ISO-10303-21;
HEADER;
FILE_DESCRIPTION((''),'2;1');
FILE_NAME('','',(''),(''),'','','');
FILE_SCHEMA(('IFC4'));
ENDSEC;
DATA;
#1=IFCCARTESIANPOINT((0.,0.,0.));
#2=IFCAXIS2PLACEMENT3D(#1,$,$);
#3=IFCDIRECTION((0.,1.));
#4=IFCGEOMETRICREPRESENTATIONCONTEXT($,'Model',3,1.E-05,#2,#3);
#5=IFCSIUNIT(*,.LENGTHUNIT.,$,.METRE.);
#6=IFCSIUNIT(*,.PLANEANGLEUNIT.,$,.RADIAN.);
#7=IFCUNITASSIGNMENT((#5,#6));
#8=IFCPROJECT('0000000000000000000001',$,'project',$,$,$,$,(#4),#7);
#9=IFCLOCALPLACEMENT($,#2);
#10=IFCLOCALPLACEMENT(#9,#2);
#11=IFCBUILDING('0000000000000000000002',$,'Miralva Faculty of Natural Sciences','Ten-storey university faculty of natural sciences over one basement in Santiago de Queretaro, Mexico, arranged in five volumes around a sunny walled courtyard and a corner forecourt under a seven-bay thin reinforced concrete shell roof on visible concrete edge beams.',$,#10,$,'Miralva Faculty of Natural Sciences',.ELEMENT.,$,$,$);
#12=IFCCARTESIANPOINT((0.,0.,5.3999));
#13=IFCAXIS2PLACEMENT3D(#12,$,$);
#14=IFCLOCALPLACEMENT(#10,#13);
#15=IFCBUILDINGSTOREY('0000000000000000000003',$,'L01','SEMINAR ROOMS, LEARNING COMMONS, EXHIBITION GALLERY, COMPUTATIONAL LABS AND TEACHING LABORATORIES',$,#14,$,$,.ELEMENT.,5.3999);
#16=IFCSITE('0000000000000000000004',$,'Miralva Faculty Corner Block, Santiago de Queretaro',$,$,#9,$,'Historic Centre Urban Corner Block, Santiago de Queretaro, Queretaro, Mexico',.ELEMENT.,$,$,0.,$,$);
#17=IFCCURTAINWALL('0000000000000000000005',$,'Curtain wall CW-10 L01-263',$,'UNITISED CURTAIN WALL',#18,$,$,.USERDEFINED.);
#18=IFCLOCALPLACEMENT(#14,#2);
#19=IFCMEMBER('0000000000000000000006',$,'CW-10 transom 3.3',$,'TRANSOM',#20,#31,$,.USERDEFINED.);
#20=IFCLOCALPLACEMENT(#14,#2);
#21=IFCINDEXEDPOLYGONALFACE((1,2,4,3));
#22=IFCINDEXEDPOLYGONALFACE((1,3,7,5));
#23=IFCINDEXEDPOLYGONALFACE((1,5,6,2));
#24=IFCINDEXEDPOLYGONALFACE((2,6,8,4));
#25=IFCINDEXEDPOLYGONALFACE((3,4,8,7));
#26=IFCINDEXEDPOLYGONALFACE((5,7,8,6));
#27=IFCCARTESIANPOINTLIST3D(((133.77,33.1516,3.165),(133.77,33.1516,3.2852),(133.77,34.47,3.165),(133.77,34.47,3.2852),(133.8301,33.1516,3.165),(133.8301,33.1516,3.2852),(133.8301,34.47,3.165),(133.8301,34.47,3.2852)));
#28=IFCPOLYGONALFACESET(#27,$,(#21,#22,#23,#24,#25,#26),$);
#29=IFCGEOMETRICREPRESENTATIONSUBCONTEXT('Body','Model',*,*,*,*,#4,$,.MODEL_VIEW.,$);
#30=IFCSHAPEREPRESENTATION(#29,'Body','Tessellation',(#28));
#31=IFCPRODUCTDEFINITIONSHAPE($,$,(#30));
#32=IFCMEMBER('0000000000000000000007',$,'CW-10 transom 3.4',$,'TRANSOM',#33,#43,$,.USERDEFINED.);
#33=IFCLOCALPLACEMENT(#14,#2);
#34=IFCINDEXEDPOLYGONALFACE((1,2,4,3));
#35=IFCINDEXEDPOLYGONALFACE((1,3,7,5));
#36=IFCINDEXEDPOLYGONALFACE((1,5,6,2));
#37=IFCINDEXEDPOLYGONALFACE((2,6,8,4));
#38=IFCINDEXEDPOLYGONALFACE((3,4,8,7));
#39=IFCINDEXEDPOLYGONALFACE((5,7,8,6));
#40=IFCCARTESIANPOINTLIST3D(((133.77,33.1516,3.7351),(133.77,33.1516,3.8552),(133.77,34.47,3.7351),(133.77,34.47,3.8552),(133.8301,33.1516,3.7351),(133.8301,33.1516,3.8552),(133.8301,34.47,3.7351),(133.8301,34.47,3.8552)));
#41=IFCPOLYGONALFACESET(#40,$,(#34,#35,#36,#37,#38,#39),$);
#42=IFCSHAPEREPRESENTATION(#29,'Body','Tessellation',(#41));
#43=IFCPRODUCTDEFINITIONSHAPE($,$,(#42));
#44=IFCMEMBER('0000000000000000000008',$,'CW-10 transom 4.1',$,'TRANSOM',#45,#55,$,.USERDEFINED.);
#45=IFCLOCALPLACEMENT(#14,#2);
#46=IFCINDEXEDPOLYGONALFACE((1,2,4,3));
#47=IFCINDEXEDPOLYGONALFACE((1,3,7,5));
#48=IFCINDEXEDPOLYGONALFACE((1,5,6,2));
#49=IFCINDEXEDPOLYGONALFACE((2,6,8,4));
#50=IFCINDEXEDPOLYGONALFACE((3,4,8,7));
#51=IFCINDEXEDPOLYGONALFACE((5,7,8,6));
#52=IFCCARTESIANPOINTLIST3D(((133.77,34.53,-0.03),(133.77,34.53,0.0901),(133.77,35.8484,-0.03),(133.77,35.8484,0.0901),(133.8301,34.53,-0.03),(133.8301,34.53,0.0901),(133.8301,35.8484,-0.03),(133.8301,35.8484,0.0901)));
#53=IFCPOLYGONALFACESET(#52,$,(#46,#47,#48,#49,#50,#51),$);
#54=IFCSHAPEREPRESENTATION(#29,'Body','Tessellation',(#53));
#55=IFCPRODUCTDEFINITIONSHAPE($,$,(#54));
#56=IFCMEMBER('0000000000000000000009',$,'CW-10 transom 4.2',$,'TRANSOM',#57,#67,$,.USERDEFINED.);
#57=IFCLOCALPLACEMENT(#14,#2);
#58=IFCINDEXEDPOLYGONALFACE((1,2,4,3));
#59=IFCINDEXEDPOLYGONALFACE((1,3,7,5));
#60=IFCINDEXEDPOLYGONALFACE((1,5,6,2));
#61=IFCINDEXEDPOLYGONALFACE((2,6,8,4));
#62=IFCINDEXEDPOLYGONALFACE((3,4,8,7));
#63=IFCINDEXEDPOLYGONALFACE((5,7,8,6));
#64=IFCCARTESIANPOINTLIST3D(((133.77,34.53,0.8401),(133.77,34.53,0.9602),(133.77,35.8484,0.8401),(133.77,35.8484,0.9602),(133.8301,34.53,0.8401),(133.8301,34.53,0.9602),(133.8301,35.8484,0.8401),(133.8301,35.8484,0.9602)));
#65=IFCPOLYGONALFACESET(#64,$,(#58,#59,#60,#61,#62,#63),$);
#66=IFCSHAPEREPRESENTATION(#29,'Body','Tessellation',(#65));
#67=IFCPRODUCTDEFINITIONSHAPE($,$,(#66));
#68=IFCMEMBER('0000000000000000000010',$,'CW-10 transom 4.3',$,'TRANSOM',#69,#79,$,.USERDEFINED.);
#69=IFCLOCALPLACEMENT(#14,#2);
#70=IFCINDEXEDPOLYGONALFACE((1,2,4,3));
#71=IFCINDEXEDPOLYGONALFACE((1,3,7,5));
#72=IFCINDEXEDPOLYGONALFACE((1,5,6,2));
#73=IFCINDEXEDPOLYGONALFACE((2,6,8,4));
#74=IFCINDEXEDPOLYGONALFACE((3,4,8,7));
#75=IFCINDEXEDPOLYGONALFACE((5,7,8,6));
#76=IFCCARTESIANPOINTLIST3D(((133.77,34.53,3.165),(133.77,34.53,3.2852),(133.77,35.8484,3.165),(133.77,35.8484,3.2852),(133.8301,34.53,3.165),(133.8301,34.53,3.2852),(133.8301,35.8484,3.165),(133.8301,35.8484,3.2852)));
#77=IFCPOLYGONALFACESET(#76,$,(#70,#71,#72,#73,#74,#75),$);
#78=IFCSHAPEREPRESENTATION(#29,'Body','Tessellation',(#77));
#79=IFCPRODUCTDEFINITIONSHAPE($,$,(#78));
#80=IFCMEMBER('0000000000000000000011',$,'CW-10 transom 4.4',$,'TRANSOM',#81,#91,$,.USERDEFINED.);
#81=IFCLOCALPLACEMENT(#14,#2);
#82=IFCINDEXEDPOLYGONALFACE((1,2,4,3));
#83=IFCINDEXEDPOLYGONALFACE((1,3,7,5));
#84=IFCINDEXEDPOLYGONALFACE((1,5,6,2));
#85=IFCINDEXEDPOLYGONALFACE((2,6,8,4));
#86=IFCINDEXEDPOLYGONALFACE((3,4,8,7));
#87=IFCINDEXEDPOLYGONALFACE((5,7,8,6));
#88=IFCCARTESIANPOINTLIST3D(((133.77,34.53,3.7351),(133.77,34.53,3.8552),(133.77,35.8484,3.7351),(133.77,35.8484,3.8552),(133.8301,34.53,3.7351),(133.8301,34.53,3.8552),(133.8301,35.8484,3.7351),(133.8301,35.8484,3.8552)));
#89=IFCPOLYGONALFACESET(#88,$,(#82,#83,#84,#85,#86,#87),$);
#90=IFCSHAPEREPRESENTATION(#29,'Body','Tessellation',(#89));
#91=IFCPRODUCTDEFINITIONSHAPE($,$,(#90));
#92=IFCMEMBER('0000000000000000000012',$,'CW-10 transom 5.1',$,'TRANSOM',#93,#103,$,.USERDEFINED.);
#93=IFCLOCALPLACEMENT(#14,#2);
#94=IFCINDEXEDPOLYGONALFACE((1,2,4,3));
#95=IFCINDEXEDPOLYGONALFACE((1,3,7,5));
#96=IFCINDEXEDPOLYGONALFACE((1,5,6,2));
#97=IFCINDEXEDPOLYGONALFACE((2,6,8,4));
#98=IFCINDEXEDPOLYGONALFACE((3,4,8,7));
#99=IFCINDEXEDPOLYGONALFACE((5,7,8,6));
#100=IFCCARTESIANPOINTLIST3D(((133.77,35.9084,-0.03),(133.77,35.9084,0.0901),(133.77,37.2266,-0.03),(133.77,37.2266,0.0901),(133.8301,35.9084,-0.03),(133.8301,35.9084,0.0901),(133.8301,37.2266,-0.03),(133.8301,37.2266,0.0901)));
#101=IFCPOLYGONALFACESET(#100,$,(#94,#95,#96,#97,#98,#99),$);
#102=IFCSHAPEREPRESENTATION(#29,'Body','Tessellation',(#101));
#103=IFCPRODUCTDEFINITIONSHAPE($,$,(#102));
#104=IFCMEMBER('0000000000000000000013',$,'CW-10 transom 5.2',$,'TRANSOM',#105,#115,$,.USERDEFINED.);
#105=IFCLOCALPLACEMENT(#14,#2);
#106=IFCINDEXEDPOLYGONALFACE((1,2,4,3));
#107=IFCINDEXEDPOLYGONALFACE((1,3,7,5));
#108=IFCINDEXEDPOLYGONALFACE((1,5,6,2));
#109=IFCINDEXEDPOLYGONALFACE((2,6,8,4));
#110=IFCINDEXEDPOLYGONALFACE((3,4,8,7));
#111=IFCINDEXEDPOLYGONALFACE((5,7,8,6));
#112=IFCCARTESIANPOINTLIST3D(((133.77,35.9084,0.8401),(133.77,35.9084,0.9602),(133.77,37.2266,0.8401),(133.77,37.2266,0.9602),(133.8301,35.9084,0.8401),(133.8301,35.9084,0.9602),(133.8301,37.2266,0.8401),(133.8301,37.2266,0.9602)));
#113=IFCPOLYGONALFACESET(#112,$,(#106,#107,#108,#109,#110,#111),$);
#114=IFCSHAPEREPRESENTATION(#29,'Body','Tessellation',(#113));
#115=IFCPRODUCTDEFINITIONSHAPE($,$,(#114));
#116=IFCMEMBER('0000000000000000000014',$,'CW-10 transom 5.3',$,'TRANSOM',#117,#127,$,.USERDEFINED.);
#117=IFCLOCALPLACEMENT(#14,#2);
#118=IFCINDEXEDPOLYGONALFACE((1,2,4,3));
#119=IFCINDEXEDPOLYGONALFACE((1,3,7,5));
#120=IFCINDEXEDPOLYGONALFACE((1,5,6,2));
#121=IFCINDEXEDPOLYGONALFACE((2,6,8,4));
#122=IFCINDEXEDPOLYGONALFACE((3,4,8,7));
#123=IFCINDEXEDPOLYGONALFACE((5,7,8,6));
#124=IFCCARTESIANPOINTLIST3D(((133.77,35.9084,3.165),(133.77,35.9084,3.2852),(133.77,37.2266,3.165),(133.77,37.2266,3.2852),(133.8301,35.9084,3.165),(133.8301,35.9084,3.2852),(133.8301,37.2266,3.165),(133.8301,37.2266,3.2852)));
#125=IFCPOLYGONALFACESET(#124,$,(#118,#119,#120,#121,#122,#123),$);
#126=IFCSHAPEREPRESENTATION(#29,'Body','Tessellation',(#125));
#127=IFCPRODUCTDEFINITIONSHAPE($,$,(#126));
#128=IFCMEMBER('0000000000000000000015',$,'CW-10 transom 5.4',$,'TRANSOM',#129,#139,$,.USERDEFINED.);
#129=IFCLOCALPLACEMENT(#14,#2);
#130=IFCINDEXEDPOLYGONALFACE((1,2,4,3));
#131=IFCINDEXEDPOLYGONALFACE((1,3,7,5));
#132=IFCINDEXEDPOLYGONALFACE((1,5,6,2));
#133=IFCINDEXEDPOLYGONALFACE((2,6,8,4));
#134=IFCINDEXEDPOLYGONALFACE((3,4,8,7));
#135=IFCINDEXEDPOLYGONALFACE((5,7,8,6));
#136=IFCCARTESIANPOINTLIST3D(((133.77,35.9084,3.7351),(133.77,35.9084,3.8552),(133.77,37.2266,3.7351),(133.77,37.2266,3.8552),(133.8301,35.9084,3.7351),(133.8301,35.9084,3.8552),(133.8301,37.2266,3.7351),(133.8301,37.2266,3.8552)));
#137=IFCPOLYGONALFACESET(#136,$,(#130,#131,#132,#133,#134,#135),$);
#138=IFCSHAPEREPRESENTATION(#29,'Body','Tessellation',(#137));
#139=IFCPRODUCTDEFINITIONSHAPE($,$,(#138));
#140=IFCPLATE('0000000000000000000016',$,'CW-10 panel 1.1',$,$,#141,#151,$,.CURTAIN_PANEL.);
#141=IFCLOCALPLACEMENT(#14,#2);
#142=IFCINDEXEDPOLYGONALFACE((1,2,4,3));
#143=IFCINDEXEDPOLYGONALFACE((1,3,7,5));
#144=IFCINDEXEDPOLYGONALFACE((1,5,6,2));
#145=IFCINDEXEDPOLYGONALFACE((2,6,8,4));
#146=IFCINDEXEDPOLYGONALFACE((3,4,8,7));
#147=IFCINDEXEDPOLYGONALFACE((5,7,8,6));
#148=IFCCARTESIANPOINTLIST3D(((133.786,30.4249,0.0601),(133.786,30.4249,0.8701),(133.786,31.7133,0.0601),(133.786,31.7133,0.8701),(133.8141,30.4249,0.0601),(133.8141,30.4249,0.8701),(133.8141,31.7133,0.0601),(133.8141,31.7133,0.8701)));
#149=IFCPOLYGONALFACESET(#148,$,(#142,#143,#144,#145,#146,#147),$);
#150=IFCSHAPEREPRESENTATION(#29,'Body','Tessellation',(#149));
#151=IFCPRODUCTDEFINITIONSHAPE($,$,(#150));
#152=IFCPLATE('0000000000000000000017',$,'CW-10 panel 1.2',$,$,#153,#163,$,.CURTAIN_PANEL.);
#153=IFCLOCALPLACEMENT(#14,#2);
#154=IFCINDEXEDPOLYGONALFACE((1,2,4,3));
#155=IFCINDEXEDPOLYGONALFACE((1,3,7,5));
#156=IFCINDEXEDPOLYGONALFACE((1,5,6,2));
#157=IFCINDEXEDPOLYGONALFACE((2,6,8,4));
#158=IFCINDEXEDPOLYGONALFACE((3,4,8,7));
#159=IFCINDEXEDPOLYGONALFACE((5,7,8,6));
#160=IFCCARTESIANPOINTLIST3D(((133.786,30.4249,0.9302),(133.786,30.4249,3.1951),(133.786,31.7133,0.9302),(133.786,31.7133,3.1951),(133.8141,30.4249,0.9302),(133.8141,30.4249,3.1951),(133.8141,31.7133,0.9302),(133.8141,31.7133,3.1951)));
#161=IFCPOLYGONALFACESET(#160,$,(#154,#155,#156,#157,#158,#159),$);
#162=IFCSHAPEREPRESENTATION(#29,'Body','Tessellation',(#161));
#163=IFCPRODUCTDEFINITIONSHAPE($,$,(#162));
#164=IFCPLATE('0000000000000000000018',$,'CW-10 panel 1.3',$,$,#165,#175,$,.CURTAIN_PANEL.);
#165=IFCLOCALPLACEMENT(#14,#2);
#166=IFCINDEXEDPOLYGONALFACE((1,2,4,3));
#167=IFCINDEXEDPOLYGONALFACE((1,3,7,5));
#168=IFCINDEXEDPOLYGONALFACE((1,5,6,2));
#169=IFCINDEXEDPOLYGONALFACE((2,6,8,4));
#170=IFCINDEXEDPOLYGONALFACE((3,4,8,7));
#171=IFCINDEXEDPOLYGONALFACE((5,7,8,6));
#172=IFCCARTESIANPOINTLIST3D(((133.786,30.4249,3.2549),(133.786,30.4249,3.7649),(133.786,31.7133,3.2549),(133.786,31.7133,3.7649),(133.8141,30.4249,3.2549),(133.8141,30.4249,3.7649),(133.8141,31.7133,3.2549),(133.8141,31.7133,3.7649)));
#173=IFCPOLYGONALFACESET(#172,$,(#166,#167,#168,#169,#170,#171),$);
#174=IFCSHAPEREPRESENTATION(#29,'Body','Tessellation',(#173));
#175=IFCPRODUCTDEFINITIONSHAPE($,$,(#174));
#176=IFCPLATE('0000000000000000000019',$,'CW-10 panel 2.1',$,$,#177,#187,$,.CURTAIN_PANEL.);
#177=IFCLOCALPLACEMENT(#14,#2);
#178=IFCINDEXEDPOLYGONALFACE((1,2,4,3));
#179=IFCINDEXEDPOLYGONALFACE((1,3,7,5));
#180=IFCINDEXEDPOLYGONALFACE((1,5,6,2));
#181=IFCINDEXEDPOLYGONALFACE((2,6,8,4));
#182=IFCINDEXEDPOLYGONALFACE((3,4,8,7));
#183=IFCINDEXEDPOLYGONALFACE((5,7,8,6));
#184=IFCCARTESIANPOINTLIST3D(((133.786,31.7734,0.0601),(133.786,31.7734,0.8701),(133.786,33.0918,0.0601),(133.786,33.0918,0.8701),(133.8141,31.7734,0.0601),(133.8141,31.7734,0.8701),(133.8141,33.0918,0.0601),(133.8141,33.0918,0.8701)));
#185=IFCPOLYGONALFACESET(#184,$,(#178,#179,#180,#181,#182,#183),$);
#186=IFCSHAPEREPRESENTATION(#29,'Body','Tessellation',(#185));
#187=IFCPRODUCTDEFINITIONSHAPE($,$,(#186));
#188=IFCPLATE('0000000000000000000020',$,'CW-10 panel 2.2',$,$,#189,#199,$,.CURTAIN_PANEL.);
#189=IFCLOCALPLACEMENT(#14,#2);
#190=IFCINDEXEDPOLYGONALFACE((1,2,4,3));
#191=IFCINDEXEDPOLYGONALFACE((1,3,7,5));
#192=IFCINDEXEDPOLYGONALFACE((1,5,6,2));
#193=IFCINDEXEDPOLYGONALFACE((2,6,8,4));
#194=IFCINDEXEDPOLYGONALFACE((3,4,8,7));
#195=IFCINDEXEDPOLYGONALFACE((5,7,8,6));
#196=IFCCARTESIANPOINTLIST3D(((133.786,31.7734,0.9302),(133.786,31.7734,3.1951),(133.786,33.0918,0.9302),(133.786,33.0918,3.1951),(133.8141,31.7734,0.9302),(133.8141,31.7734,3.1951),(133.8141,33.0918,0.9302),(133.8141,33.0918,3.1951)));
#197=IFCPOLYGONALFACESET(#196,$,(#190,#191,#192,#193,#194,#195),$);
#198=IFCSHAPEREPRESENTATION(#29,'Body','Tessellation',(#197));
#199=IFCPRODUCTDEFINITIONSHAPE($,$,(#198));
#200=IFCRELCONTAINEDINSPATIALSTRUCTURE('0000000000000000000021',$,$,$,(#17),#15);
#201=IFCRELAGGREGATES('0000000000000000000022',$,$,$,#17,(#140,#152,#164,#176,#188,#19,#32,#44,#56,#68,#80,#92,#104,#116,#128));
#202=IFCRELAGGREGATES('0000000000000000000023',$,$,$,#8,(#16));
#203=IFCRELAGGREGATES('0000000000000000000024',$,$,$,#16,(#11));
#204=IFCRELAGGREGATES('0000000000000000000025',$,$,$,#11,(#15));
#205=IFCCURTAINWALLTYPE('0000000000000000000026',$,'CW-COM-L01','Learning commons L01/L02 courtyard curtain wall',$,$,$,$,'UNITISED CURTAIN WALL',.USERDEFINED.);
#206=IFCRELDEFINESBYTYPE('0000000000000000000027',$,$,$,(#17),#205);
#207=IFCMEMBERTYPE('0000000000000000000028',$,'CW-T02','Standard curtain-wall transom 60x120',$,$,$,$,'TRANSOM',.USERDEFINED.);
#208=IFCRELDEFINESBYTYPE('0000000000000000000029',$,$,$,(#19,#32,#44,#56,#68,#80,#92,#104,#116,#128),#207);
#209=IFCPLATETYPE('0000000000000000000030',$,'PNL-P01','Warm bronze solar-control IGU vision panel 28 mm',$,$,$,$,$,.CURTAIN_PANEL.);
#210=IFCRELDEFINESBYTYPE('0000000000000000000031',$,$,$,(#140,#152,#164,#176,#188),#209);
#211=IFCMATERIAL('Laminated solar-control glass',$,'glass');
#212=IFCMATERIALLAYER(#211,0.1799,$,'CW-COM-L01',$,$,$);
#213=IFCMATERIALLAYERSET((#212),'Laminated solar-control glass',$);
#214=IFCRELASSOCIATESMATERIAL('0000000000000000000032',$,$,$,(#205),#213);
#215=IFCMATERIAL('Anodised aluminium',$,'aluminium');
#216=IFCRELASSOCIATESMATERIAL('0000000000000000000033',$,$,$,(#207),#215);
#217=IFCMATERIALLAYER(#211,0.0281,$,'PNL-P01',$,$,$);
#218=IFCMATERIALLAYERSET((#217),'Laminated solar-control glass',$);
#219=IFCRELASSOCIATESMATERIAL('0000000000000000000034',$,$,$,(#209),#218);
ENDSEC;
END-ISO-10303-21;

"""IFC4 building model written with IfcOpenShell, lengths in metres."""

from ifc_helpers import new_model, si_unit, direction, frame, origin, origin_2d, place, context, subcontext, project, spatial, rectangle, extrude, material, layer, layer_set, material_profile, profile_set, type_object, element, aggregate, save


model = new_model("IFC4")

# Units and contexts
model_context = context("Model", 3, precision=1e-05, world=origin(), true_north=direction((0.0, 1.0)))
body_context = subcontext(model_context, "Body", "Model", "MODEL_VIEW")
ifc_project = project(units=[si_unit("LENGTHUNIT", "METRE"), si_unit("PLANEANGLEUNIT", "RADIAN")], contexts=[model_context])

# Site, building, storey
site_placement = place(None, origin())
site = spatial("IfcSite", under=ifc_project, at=site_placement, Name="Miralva Faculty Corner Block, Santiago de Queretaro", LongName="Historic Centre Urban Corner Block, Santiago de Queretaro, Queretaro, Mexico", CompositionType="ELEMENT", RefElevation=0.0)
building_placement = place(site_placement, origin())
building = spatial("IfcBuilding", under=site, at=building_placement, Name="Miralva Faculty of Natural Sciences", Description="Ten-storey university faculty of natural sciences over one basement in Santiago de Queretaro, Mexico, arranged in five volumes around a sunny walled courtyard and a corner forecourt under a seven-bay thin reinforced concrete shell roof on visible concrete edge beams.", LongName="Miralva Faculty of Natural Sciences", CompositionType="ELEMENT")
storey_placement = place(building_placement, frame((0.0, 0.0, 5.3999)))
storey = spatial("IfcBuildingStorey", under=building, at=storey_placement, Name="L01", Description="SEMINAR ROOMS, LEARNING COMMONS, EXHIBITION GALLERY, COMPUTATIONAL LABS AND TEACHING LABORATORIES", CompositionType="ELEMENT", Elevation=5.3999)

# Curtain wall, members, plates
ifc_material_1 = material(Name="Laminated solar-control glass", Category="glass")
ifc_layer_1 = layer(ifc_material_1, 0.1799, Name="CW-COM-L01")
ifc_layer_set_1 = layer_set([ifc_layer_1], Name="Laminated solar-control glass")
curtain_wall_type = type_object("IfcCurtainWallType", Name="CW-COM-L01", Description="Learning commons L01/L02 courtyard curtain wall", ElementType="UNITISED CURTAIN WALL", PredefinedType="USERDEFINED", material=ifc_layer_set_1)
curtain_wall_placement = place(storey_placement, origin())
curtain_wall = element("IfcCurtainWall", 1, at=curtain_wall_placement, inside=storey, type_object=curtain_wall_type, Name="Curtain wall CW-10 L01-263", ObjectType="UNITISED CURTAIN WALL", PredefinedType="USERDEFINED")
ifc_material_2 = material(Name="Anodised aluminium", Category="aluminium")
ifc_material_profile_1 = material_profile(ifc_material_2, rectangle(XDim=0.0601, YDim=0.1201, at=origin_2d()), Name="TRANSOM 60x120")
ifc_profile_set_1 = profile_set([ifc_material_profile_1], Name="Anodised aluminium")
member_type_1 = type_object("IfcMemberType", Name="CW-T02", Description="Standard curtain-wall transom 60x120", ElementType="TRANSOM", PredefinedType="USERDEFINED", material=ifc_profile_set_1)
member_1_placement = place(storey_placement, frame((133.8, 33.1516, 3.2251), z_axis=(0.0, 1.0, 0.0), x_axis=(-1.0, 0.0, 0.0)))
member_1 = element("IfcMember", 2, at=member_1_placement, type_object=member_type_1, Name="CW-10 transom 3.3", ObjectType="TRANSOM", PredefinedType="USERDEFINED", context=body_context, shape_type="SweptSolid", body=[
    extrude(rectangle(XDim=0.0601, YDim=0.1201, at=origin_2d()), origin(), (0.0, 0.0, 1.0), 1.3184),
])
member_2_placement = place(storey_placement, frame((133.8, 33.1516, 3.7952), z_axis=(0.0, 1.0, 0.0), x_axis=(-1.0, 0.0, 0.0)))
member_2 = element("IfcMember", 3, at=member_2_placement, type_object=member_type_1, Name="CW-10 transom 3.4", ObjectType="TRANSOM", PredefinedType="USERDEFINED", context=body_context, shape_type="SweptSolid", body=[
    extrude(rectangle(XDim=0.0601, YDim=0.1201, at=origin_2d()), origin(), (0.0, 0.0, 1.0), 1.3184),
])
member_3_placement = place(storey_placement, frame((133.8, 34.53, 0.03), z_axis=(0.0, 1.0, 0.0), x_axis=(-1.0, 0.0, 0.0)))
member_3 = element("IfcMember", 4, at=member_3_placement, type_object=member_type_1, Name="CW-10 transom 4.1", ObjectType="TRANSOM", PredefinedType="USERDEFINED", context=body_context, shape_type="SweptSolid", body=[
    extrude(rectangle(XDim=0.0601, YDim=0.1201, at=origin_2d()), origin(), (0.0, 0.0, 1.0), 1.3184),
])
member_4_placement = place(storey_placement, frame((133.8, 34.53, 0.9001), z_axis=(0.0, 1.0, 0.0), x_axis=(-1.0, 0.0, 0.0)))
member_4 = element("IfcMember", 5, at=member_4_placement, type_object=member_type_1, Name="CW-10 transom 4.2", ObjectType="TRANSOM", PredefinedType="USERDEFINED", context=body_context, shape_type="SweptSolid", body=[
    extrude(rectangle(XDim=0.0601, YDim=0.1201, at=origin_2d()), origin(), (0.0, 0.0, 1.0), 1.3184),
])
member_5_placement = place(storey_placement, frame((133.8, 34.53, 3.2251), z_axis=(0.0, 1.0, 0.0), x_axis=(-1.0, 0.0, 0.0)))
member_5 = element("IfcMember", 6, at=member_5_placement, type_object=member_type_1, Name="CW-10 transom 4.3", ObjectType="TRANSOM", PredefinedType="USERDEFINED", context=body_context, shape_type="SweptSolid", body=[
    extrude(rectangle(XDim=0.0601, YDim=0.1201, at=origin_2d()), origin(), (0.0, 0.0, 1.0), 1.3184),
])
member_6_placement = place(storey_placement, frame((133.8, 34.53, 3.7952), z_axis=(0.0, 1.0, 0.0), x_axis=(-1.0, 0.0, 0.0)))
member_6 = element("IfcMember", 7, at=member_6_placement, type_object=member_type_1, Name="CW-10 transom 4.4", ObjectType="TRANSOM", PredefinedType="USERDEFINED", context=body_context, shape_type="SweptSolid", body=[
    extrude(rectangle(XDim=0.0601, YDim=0.1201, at=origin_2d()), origin(), (0.0, 0.0, 1.0), 1.3184),
])
member_7_placement = place(storey_placement, frame((133.8, 35.9084, 0.03), z_axis=(0.0, 1.0, 0.0), x_axis=(-1.0, 0.0, 0.0)))
member_7 = element("IfcMember", 8, at=member_7_placement, type_object=member_type_1, Name="CW-10 transom 5.1", ObjectType="TRANSOM", PredefinedType="USERDEFINED", context=body_context, shape_type="SweptSolid", body=[
    extrude(rectangle(XDim=0.0601, YDim=0.1201, at=origin_2d()), origin(), (0.0, 0.0, 1.0), 1.3181),
])
member_8_placement = place(storey_placement, frame((133.8, 35.9084, 0.9001), z_axis=(0.0, 1.0, 0.0), x_axis=(-1.0, 0.0, 0.0)))
member_8 = element("IfcMember", 9, at=member_8_placement, type_object=member_type_1, Name="CW-10 transom 5.2", ObjectType="TRANSOM", PredefinedType="USERDEFINED", context=body_context, shape_type="SweptSolid", body=[
    extrude(rectangle(XDim=0.0601, YDim=0.1201, at=origin_2d()), origin(), (0.0, 0.0, 1.0), 1.3181),
])
member_9_placement = place(storey_placement, frame((133.8, 35.9084, 3.2251), z_axis=(0.0, 1.0, 0.0), x_axis=(-1.0, 0.0, 0.0)))
member_9 = element("IfcMember", 10, at=member_9_placement, type_object=member_type_1, Name="CW-10 transom 5.3", ObjectType="TRANSOM", PredefinedType="USERDEFINED", context=body_context, shape_type="SweptSolid", body=[
    extrude(rectangle(XDim=0.0601, YDim=0.1201, at=origin_2d()), origin(), (0.0, 0.0, 1.0), 1.3181),
])
member_10_placement = place(storey_placement, frame((133.8, 35.9084, 3.7952), z_axis=(0.0, 1.0, 0.0), x_axis=(-1.0, 0.0, 0.0)))
member_10 = element("IfcMember", 11, at=member_10_placement, type_object=member_type_1, Name="CW-10 transom 5.4", ObjectType="TRANSOM", PredefinedType="USERDEFINED", context=body_context, shape_type="SweptSolid", body=[
    extrude(rectangle(XDim=0.0601, YDim=0.1201, at=origin_2d()), origin(), (0.0, 0.0, 1.0), 1.3181),
])
ifc_layer_2 = layer(ifc_material_1, 0.0281, Name="PNL-P01")
ifc_layer_set_2 = layer_set([ifc_layer_2], Name="Laminated solar-control glass")
plate_type = type_object("IfcPlateType", Name="PNL-P01", Description="Warm bronze solar-control IGU vision panel 28 mm", PredefinedType="CURTAIN_PANEL", material=ifc_layer_set_2)
plate_1_placement = place(storey_placement, frame((133.8, 31.0691, 0.0601), z_axis=(0.0, 0.0, 1.0), x_axis=(0.0, 1.0, 0.0)))
plate_1 = element("IfcPlate", 12, at=plate_1_placement, type_object=plate_type, Name="CW-10 panel 1.1", PredefinedType="CURTAIN_PANEL", context=body_context, shape_type="SweptSolid", body=[
    extrude(rectangle(XDim=1.2883, YDim=0.0281, at=origin_2d()), origin(), (0.0, 0.0, 1.0), 0.8101),
])
plate_2_placement = place(storey_placement, frame((133.8, 31.0691, 0.9302), z_axis=(0.0, 0.0, 1.0), x_axis=(0.0, 1.0, 0.0)))
plate_2 = element("IfcPlate", 13, at=plate_2_placement, type_object=plate_type, Name="CW-10 panel 1.2", PredefinedType="CURTAIN_PANEL", context=body_context, shape_type="SweptSolid", body=[
    extrude(rectangle(XDim=1.2883, YDim=0.0281, at=origin_2d()), origin(), (0.0, 0.0, 1.0), 2.2649),
])
plate_3_placement = place(storey_placement, frame((133.8, 31.0691, 3.2549), z_axis=(0.0, 0.0, 1.0), x_axis=(0.0, 1.0, 0.0)))
plate_3 = element("IfcPlate", 14, at=plate_3_placement, type_object=plate_type, Name="CW-10 panel 1.3", PredefinedType="CURTAIN_PANEL", context=body_context, shape_type="SweptSolid", body=[
    extrude(rectangle(XDim=1.2883, YDim=0.0281, at=origin_2d()), origin(), (0.0, 0.0, 1.0), 0.51),
])
plate_4_placement = place(storey_placement, frame((133.8, 32.4326, 0.0601), z_axis=(0.0, 0.0, 1.0), x_axis=(0.0, 1.0, 0.0)))
plate_4 = element("IfcPlate", 15, at=plate_4_placement, type_object=plate_type, Name="CW-10 panel 2.1", PredefinedType="CURTAIN_PANEL", context=body_context, shape_type="SweptSolid", body=[
    extrude(rectangle(XDim=1.3184, YDim=0.0281, at=origin_2d()), origin(), (0.0, 0.0, 1.0), 0.8101),
])
plate_5_placement = place(storey_placement, frame((133.8, 32.4326, 0.9302), z_axis=(0.0, 0.0, 1.0), x_axis=(0.0, 1.0, 0.0)))
plate_5 = element("IfcPlate", 16, at=plate_5_placement, type_object=plate_type, Name="CW-10 panel 2.2", PredefinedType="CURTAIN_PANEL", context=body_context, shape_type="SweptSolid", body=[
    extrude(rectangle(XDim=1.3184, YDim=0.0281, at=origin_2d()), origin(), (0.0, 0.0, 1.0), 2.2649),
])
aggregate(curtain_wall, [plate_1, plate_2, plate_3, plate_4, plate_5, member_1, member_2, member_3, member_4, member_5, member_6, member_7, member_8, member_9, member_10])

save(model, "model.ifc")
